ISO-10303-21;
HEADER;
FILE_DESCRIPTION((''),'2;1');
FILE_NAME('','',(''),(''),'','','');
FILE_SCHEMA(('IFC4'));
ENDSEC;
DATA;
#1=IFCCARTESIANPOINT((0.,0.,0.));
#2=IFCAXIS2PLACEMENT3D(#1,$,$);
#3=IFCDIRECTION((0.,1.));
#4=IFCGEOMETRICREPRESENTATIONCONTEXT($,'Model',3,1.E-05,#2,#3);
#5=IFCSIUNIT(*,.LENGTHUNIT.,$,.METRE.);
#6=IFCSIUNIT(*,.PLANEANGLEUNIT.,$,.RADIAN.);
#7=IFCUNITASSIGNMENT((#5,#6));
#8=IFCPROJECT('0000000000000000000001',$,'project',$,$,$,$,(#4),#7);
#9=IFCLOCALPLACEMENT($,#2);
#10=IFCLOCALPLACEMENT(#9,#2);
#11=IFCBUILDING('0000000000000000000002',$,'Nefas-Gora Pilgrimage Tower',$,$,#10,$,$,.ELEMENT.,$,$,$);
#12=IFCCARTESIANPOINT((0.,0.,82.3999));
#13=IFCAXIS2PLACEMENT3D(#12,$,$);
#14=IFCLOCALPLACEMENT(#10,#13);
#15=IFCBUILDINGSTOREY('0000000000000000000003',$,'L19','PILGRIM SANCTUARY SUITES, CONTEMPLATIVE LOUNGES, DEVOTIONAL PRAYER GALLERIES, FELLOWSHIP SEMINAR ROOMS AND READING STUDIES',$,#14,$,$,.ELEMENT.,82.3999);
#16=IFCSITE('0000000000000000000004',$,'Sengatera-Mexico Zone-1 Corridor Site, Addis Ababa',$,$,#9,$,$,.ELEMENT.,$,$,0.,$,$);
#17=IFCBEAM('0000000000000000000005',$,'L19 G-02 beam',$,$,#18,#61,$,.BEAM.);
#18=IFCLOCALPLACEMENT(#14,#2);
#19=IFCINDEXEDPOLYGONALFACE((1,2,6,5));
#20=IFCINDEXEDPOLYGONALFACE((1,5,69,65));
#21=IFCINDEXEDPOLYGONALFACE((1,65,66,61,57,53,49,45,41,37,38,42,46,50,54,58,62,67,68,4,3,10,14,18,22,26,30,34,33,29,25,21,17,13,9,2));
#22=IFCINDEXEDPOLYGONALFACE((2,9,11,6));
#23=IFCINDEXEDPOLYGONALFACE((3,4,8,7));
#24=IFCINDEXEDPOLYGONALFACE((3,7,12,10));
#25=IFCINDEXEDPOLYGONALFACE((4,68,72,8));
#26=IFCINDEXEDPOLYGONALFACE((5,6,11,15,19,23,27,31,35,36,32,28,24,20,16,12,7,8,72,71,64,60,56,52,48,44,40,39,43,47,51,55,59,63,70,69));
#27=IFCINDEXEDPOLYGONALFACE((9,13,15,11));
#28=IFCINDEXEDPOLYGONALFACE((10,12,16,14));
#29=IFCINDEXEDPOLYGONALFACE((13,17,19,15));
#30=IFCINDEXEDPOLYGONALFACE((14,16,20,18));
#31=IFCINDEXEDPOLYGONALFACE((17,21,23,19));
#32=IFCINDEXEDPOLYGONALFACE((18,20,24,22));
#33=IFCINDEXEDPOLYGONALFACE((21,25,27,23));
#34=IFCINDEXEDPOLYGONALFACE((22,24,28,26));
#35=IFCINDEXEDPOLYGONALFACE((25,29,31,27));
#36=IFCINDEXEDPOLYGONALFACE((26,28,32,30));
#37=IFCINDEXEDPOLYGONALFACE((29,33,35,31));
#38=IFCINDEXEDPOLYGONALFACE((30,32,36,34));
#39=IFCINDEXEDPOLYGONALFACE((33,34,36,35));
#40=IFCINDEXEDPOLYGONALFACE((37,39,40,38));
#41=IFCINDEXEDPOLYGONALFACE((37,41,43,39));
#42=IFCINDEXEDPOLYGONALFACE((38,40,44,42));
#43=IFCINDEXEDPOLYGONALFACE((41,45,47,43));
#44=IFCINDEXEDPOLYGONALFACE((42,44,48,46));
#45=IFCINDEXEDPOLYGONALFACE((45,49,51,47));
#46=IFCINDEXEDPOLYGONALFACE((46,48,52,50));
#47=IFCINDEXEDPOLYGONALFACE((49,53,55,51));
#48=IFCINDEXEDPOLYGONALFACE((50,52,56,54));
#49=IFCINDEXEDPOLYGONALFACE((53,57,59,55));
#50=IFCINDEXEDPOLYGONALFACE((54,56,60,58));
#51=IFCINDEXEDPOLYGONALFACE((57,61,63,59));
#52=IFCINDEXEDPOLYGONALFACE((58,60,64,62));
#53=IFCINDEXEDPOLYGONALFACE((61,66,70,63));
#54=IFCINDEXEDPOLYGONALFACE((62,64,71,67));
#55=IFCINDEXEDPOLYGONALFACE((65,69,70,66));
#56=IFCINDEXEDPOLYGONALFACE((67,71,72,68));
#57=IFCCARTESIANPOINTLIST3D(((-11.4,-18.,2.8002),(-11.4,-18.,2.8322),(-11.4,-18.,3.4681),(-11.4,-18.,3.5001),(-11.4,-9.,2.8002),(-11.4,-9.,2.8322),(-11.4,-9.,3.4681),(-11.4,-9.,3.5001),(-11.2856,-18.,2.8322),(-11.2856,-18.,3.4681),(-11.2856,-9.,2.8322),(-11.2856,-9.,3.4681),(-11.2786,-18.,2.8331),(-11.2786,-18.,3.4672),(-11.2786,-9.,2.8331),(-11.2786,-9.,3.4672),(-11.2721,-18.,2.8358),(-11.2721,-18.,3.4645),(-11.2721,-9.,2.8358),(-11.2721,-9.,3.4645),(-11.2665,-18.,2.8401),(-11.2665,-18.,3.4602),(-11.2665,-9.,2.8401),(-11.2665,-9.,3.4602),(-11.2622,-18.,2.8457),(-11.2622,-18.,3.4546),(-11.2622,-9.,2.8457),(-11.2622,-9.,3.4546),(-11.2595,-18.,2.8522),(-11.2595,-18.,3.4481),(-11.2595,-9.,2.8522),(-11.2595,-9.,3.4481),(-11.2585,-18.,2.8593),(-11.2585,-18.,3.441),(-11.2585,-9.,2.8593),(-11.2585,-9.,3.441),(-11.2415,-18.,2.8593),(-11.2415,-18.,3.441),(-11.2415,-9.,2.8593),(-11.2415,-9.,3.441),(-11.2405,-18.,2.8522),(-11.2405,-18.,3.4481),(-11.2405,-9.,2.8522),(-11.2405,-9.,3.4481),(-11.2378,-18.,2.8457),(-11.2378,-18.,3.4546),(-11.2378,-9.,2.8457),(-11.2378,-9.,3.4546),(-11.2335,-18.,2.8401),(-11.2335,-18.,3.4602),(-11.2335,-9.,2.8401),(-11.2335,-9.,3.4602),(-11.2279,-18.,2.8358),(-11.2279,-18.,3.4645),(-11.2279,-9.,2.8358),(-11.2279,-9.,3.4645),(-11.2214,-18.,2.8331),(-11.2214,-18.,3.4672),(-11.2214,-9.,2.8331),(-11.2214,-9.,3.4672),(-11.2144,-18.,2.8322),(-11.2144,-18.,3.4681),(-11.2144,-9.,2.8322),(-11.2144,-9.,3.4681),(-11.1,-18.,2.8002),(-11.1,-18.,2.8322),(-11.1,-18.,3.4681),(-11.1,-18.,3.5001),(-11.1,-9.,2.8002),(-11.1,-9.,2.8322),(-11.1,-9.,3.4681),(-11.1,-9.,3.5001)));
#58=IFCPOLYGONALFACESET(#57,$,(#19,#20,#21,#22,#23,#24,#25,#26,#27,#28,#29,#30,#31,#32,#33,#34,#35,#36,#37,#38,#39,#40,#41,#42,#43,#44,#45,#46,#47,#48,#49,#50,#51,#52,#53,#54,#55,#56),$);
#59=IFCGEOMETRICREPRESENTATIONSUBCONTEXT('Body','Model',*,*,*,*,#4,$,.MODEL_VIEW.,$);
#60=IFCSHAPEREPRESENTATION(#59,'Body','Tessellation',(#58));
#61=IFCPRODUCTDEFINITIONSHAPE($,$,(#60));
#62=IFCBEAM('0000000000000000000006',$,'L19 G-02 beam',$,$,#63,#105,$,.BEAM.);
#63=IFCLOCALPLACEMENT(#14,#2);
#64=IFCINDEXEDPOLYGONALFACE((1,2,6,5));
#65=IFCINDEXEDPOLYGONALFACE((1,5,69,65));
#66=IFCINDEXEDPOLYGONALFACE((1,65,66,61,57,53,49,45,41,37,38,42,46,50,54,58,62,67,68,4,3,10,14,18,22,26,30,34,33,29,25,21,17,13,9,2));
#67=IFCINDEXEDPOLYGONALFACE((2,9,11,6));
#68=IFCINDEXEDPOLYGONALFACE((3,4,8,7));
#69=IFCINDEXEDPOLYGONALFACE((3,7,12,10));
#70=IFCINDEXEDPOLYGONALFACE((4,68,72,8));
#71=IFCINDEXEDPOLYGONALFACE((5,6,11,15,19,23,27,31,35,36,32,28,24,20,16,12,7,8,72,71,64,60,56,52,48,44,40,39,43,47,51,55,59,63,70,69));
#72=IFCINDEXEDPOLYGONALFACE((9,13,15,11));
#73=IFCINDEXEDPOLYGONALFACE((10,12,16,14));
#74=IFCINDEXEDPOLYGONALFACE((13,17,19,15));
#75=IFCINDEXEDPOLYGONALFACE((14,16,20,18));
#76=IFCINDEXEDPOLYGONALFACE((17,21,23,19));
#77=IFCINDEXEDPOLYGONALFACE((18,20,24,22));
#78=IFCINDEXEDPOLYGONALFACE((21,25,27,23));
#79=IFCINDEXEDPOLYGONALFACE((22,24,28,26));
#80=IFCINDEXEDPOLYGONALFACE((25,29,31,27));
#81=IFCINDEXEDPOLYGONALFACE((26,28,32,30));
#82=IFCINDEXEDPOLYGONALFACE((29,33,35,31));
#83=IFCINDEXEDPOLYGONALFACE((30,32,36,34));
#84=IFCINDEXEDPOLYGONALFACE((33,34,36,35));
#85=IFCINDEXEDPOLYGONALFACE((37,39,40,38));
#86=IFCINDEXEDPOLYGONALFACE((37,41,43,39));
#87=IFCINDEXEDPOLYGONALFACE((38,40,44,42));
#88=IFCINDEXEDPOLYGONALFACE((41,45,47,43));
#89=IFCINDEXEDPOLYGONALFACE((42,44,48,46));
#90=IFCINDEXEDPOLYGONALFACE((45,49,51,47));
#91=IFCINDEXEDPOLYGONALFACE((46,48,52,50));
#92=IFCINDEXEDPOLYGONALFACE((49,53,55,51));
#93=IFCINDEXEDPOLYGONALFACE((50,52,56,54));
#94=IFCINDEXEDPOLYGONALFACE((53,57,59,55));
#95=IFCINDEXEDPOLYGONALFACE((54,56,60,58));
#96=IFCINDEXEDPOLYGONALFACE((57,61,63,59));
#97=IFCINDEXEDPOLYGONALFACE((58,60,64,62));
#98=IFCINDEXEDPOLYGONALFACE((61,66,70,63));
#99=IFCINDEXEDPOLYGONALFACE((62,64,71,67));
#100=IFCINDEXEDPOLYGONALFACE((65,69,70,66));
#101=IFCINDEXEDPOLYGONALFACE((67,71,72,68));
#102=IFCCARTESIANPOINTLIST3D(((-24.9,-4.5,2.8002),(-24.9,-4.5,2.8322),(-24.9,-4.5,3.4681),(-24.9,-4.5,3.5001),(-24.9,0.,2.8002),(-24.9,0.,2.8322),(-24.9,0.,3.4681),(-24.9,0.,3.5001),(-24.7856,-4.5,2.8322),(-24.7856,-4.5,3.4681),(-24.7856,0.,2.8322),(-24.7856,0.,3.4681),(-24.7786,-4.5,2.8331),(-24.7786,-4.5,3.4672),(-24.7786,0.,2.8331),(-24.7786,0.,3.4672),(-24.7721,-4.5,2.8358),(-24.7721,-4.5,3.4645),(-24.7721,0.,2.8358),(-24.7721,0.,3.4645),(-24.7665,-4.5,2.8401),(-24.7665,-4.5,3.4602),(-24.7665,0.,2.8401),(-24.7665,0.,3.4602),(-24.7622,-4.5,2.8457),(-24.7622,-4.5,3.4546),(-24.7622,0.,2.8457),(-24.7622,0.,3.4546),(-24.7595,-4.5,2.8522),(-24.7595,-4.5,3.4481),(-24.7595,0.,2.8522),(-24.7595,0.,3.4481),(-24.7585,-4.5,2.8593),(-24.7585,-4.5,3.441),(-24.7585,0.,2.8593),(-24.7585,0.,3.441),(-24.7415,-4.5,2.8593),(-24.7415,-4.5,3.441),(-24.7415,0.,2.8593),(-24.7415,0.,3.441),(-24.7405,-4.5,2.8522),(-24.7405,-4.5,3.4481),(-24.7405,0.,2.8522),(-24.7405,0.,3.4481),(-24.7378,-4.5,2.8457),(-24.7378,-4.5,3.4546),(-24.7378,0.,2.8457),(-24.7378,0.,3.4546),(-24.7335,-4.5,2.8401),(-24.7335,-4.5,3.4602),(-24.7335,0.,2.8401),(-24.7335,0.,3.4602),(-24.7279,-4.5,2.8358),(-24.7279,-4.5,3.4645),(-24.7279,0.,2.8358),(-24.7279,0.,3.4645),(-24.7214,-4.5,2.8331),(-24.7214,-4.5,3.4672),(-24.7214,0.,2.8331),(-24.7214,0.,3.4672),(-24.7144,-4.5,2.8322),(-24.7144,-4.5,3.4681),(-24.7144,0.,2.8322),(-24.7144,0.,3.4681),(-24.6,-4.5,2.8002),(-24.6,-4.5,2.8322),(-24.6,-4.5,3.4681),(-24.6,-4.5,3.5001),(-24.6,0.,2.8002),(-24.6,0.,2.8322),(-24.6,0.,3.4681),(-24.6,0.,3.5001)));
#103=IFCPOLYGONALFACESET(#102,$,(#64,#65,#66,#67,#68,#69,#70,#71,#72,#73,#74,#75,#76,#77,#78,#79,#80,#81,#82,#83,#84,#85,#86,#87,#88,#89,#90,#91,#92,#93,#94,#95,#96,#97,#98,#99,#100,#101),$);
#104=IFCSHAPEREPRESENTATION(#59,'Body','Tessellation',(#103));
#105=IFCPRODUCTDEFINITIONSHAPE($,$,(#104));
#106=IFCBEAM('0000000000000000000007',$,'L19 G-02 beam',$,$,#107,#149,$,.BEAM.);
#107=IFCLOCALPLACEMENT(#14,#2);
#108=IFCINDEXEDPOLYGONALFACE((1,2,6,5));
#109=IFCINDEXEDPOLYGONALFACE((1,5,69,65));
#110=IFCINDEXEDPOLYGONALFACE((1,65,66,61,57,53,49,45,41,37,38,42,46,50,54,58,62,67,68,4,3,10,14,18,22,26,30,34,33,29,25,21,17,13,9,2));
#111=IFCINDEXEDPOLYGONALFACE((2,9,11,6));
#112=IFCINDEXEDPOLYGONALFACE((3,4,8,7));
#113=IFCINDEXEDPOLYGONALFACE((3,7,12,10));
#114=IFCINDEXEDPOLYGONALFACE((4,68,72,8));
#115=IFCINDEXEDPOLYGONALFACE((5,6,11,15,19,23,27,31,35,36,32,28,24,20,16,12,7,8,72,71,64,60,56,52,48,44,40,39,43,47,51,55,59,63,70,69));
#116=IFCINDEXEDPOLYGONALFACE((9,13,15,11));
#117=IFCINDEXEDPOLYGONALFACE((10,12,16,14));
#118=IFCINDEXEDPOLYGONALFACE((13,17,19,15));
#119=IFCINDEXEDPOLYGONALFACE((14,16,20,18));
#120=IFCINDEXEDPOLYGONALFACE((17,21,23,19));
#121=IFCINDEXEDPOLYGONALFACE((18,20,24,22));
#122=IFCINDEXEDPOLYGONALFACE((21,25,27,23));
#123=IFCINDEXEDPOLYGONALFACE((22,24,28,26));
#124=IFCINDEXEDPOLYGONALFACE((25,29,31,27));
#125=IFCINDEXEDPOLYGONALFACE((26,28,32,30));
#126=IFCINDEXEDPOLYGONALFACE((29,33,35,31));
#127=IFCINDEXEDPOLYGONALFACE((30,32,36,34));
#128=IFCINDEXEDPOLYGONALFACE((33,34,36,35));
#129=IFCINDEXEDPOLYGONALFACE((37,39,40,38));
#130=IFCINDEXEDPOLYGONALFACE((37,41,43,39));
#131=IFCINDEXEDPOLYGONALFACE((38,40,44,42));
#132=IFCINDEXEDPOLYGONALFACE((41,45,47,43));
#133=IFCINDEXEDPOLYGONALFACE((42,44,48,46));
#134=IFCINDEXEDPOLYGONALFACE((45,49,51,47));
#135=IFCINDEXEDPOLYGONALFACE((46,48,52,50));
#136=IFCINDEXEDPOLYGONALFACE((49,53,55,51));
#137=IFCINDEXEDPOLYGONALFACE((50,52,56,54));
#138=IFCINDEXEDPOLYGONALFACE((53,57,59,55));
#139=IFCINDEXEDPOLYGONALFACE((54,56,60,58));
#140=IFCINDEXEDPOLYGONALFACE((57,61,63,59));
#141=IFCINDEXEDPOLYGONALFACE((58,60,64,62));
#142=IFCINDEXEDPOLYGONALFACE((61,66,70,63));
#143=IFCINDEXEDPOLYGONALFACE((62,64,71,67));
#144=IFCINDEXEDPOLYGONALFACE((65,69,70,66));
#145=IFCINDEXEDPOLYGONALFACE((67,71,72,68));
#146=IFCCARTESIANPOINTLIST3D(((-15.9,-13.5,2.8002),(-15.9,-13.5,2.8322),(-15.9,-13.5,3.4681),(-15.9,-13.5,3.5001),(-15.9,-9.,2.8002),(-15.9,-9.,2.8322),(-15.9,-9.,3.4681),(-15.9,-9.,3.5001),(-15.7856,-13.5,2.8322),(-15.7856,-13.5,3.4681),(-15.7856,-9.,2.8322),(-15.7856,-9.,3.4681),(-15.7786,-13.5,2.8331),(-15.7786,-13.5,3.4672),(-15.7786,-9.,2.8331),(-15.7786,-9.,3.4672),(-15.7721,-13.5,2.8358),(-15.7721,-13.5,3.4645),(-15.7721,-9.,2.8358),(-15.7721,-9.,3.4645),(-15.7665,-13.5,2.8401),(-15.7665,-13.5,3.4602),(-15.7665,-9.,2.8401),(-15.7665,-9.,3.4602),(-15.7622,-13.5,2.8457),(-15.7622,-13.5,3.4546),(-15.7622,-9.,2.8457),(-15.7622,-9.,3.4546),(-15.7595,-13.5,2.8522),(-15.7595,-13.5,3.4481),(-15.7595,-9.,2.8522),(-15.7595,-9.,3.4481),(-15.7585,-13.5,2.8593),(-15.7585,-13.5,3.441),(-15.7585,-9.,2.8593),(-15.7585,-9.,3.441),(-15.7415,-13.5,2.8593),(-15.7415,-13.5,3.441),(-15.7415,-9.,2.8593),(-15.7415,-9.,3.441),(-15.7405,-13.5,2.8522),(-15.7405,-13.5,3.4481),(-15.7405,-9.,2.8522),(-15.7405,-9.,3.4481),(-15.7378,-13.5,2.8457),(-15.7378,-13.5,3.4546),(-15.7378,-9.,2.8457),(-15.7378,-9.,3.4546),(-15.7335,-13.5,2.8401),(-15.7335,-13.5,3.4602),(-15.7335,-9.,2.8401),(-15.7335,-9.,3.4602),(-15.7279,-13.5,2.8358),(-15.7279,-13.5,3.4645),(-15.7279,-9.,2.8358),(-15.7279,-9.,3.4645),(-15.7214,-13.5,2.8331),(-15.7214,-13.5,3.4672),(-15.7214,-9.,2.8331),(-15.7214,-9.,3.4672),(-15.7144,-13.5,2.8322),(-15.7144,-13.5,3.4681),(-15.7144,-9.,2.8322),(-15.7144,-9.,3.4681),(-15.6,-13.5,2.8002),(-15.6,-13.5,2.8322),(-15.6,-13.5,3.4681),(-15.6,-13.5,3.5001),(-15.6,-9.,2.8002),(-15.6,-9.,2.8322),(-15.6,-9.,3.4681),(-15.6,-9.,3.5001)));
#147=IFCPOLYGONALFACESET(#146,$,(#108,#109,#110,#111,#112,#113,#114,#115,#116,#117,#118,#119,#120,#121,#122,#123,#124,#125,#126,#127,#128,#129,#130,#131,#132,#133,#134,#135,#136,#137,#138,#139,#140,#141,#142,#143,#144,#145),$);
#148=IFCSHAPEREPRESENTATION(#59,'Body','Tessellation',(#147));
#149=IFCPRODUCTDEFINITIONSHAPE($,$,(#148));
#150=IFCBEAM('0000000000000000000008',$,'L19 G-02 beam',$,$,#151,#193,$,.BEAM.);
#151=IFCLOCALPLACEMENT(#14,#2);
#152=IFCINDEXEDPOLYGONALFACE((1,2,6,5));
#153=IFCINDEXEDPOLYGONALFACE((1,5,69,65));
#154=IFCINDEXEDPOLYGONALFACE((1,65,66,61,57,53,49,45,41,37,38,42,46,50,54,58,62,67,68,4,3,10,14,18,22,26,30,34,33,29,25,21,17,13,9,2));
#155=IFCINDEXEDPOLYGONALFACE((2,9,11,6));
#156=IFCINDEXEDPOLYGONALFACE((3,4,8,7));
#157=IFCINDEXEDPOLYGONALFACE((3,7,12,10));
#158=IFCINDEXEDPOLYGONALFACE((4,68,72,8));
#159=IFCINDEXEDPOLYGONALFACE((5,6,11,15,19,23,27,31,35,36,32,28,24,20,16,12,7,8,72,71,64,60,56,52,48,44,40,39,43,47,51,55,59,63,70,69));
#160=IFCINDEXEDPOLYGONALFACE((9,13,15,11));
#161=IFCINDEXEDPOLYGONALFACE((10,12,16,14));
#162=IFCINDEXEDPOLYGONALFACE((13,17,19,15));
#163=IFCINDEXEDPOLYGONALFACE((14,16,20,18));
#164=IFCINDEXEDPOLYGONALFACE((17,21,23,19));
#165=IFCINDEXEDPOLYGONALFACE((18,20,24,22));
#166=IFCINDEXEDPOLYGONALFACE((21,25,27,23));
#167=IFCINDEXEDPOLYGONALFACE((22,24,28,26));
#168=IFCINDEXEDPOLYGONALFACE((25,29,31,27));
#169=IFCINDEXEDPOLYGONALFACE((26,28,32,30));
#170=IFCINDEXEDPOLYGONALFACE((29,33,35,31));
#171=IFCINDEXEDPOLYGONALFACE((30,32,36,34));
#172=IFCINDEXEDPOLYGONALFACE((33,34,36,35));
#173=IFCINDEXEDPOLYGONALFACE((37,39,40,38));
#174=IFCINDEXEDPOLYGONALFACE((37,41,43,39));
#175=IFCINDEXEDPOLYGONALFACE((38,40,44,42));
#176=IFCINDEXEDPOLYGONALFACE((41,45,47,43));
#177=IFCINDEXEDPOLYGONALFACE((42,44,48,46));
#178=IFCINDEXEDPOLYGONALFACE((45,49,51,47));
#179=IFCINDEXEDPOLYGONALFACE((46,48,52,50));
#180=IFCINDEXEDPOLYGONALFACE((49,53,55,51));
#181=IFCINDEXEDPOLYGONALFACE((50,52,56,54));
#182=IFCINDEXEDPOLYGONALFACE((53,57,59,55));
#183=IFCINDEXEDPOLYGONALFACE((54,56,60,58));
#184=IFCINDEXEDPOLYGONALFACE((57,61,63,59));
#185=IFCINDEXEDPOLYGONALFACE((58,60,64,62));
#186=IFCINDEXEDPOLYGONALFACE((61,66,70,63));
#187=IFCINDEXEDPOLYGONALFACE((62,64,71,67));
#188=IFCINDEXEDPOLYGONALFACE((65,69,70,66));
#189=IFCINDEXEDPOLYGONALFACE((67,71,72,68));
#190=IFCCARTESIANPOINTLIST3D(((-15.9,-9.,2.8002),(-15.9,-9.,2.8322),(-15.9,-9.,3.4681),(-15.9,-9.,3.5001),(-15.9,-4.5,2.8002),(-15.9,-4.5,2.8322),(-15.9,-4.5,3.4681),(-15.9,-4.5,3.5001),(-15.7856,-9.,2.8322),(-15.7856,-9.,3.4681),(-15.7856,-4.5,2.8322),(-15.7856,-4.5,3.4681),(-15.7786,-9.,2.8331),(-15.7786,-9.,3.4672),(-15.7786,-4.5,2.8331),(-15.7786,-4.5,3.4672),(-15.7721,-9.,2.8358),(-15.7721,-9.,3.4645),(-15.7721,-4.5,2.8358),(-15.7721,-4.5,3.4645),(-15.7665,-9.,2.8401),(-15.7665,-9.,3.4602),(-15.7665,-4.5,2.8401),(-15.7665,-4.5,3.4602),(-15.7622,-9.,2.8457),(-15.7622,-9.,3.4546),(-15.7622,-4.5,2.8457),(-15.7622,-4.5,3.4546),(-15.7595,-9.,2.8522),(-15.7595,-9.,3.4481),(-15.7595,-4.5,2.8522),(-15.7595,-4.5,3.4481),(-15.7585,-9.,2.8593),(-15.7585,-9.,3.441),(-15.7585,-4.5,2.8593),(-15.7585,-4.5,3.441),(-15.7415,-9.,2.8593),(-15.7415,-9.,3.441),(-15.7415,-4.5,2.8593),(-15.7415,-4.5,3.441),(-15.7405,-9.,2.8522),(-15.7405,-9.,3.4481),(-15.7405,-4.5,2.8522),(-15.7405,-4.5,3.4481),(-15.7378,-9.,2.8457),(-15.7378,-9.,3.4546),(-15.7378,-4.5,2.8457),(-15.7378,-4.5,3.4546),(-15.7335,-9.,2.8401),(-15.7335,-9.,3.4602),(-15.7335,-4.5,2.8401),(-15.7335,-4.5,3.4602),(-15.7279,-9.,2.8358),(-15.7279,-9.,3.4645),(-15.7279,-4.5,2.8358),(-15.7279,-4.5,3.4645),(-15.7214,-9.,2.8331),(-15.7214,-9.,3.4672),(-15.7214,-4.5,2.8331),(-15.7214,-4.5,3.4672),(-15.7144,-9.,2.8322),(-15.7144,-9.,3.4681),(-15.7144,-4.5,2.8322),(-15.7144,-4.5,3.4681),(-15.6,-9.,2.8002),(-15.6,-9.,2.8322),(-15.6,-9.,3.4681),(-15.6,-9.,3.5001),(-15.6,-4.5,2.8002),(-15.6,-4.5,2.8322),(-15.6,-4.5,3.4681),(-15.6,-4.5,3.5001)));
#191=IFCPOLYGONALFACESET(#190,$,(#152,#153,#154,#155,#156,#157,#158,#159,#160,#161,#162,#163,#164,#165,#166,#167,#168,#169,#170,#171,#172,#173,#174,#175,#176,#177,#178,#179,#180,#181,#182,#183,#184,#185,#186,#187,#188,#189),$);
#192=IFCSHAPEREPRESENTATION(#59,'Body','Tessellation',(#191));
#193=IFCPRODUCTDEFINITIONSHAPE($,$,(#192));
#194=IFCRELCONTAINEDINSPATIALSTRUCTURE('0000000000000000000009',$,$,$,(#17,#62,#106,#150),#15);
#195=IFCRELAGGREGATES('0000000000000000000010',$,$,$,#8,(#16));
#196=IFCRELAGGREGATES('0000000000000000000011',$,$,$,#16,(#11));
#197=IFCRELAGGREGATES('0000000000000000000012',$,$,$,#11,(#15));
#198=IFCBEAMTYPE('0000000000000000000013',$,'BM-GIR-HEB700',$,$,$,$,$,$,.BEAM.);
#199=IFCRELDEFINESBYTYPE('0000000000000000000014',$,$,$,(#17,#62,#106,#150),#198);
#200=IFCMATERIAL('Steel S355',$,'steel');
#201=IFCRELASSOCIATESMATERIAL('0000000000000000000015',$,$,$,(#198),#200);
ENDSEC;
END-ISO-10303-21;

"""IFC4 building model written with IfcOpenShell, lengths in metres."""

from ifc_helpers import new_model, si_unit, direction, frame, origin, origin_2d, place, context, subcontext, project, spatial, i_section, extrude, source, transform, mapped, material, material_profile, profile_set, type_object, element, save


model = new_model("IFC4")

# Units and contexts
model_context = context("Model", 3, precision=1e-05, world=origin(), true_north=direction((0.0, 1.0)))
body_context = subcontext(model_context, "Body", "Model", "MODEL_VIEW")
ifc_project = project(units=[si_unit("LENGTHUNIT", "METRE"), si_unit("PLANEANGLEUNIT", "RADIAN")], contexts=[model_context])

# Site, building, storey
site_placement = place(None, origin())
site = spatial("IfcSite", under=ifc_project, at=site_placement, Name="Sengatera-Mexico Zone-1 Corridor Site, Addis Ababa", CompositionType="ELEMENT", RefElevation=0.0)
building_placement = place(site_placement, origin())
building = spatial("IfcBuilding", under=site, at=building_placement, Name="Nefas-Gora Pilgrimage Tower", CompositionType="ELEMENT")
storey_placement = place(building_placement, frame((0.0, 0.0, 82.3999)))
storey = spatial("IfcBuildingStorey", under=building, at=storey_placement, Name="L19", Description="PILGRIM SANCTUARY SUITES, CONTEMPLATIVE LOUNGES, DEVOTIONAL PRAYER GALLERIES, FELLOWSHIP SEMINAR ROOMS AND READING STUDIES", CompositionType="ELEMENT", Elevation=82.3999)

# Beams
ifc_material_1 = material(Name="Steel S355", Category="steel")
ifc_material_profile_1 = material_profile(ifc_material_1, i_section(OverallWidth=0.3, OverallDepth=0.7, WebThickness=0.0171, FlangeThickness=0.032, FilletRadius=0.0271, at=origin_2d()), Name="HEB 700")
ifc_profile_set_1 = profile_set([ifc_material_profile_1], Name="Steel S355")
beam_type = type_object("IfcBeamType", Name="BM-GIR-HEB700", PredefinedType="BEAM", material=ifc_profile_set_1)
shared_shape_1 = source(origin(), body_context, "Body", "SweptSolid", [
    extrude(i_section(OverallWidth=0.3, OverallDepth=0.7, WebThickness=0.0171, FlangeThickness=0.032, FilletRadius=0.0271, at=origin_2d()), origin(), (0.0, 0.0, 1.0), 9.0),
])
for number, where, z_axis, x_axis, name in (
    (1, (-11.25, -18.0, 3.1501), (0.0, 1.0, 0.0), (-1.0, 0.0, 0.0), "L19 G-02 beam"),
):
    element("IfcBeam", number, at=place(storey_placement, frame(where, z_axis=z_axis, x_axis=x_axis)), inside=storey, type_object=beam_type, Name=name, PredefinedType="BEAM", context=body_context, shape_type="MappedRepresentation", body=[
        mapped(shared_shape_1, transform((0.0, 0.0, 0.0), x_axis=(1.0, 0.0, 0.0), y_axis=(0.0, 1.0, 0.0), z_axis=(0.0, 0.0, 1.0), scale=1.0)),
    ])
shared_shape_2 = source(origin(), body_context, "Body", "SweptSolid", [
    extrude(i_section(OverallWidth=0.3, OverallDepth=0.7, WebThickness=0.0171, FlangeThickness=0.032, FilletRadius=0.0271, at=origin_2d()), origin(), (0.0, 0.0, 1.0), 4.5),
])
for number, where, z_axis, x_axis, name in (
    (2, (-24.75, -4.5, 3.1501), (0.0, 1.0, 0.0), (-1.0, 0.0, 0.0), "L19 G-02 beam"),
    (3, (-15.75, -13.5, 3.1501), (0.0, 1.0, 0.0), (-1.0, 0.0, 0.0), "L19 G-02 beam"),
    (4, (-15.75, -9.0, 3.1501), (0.0, 1.0, 0.0), (-1.0, 0.0, 0.0), "L19 G-02 beam"),
):
    element("IfcBeam", number, at=place(storey_placement, frame(where, z_axis=z_axis, x_axis=x_axis)), inside=storey, type_object=beam_type, Name=name, PredefinedType="BEAM", context=body_context, shape_type="MappedRepresentation", body=[
        mapped(shared_shape_2, transform((0.0, 0.0, 0.0), x_axis=(1.0, 0.0, 0.0), y_axis=(0.0, 1.0, 0.0), z_axis=(0.0, 0.0, 1.0), scale=1.0)),
    ])

save(model, "model.ifc")
